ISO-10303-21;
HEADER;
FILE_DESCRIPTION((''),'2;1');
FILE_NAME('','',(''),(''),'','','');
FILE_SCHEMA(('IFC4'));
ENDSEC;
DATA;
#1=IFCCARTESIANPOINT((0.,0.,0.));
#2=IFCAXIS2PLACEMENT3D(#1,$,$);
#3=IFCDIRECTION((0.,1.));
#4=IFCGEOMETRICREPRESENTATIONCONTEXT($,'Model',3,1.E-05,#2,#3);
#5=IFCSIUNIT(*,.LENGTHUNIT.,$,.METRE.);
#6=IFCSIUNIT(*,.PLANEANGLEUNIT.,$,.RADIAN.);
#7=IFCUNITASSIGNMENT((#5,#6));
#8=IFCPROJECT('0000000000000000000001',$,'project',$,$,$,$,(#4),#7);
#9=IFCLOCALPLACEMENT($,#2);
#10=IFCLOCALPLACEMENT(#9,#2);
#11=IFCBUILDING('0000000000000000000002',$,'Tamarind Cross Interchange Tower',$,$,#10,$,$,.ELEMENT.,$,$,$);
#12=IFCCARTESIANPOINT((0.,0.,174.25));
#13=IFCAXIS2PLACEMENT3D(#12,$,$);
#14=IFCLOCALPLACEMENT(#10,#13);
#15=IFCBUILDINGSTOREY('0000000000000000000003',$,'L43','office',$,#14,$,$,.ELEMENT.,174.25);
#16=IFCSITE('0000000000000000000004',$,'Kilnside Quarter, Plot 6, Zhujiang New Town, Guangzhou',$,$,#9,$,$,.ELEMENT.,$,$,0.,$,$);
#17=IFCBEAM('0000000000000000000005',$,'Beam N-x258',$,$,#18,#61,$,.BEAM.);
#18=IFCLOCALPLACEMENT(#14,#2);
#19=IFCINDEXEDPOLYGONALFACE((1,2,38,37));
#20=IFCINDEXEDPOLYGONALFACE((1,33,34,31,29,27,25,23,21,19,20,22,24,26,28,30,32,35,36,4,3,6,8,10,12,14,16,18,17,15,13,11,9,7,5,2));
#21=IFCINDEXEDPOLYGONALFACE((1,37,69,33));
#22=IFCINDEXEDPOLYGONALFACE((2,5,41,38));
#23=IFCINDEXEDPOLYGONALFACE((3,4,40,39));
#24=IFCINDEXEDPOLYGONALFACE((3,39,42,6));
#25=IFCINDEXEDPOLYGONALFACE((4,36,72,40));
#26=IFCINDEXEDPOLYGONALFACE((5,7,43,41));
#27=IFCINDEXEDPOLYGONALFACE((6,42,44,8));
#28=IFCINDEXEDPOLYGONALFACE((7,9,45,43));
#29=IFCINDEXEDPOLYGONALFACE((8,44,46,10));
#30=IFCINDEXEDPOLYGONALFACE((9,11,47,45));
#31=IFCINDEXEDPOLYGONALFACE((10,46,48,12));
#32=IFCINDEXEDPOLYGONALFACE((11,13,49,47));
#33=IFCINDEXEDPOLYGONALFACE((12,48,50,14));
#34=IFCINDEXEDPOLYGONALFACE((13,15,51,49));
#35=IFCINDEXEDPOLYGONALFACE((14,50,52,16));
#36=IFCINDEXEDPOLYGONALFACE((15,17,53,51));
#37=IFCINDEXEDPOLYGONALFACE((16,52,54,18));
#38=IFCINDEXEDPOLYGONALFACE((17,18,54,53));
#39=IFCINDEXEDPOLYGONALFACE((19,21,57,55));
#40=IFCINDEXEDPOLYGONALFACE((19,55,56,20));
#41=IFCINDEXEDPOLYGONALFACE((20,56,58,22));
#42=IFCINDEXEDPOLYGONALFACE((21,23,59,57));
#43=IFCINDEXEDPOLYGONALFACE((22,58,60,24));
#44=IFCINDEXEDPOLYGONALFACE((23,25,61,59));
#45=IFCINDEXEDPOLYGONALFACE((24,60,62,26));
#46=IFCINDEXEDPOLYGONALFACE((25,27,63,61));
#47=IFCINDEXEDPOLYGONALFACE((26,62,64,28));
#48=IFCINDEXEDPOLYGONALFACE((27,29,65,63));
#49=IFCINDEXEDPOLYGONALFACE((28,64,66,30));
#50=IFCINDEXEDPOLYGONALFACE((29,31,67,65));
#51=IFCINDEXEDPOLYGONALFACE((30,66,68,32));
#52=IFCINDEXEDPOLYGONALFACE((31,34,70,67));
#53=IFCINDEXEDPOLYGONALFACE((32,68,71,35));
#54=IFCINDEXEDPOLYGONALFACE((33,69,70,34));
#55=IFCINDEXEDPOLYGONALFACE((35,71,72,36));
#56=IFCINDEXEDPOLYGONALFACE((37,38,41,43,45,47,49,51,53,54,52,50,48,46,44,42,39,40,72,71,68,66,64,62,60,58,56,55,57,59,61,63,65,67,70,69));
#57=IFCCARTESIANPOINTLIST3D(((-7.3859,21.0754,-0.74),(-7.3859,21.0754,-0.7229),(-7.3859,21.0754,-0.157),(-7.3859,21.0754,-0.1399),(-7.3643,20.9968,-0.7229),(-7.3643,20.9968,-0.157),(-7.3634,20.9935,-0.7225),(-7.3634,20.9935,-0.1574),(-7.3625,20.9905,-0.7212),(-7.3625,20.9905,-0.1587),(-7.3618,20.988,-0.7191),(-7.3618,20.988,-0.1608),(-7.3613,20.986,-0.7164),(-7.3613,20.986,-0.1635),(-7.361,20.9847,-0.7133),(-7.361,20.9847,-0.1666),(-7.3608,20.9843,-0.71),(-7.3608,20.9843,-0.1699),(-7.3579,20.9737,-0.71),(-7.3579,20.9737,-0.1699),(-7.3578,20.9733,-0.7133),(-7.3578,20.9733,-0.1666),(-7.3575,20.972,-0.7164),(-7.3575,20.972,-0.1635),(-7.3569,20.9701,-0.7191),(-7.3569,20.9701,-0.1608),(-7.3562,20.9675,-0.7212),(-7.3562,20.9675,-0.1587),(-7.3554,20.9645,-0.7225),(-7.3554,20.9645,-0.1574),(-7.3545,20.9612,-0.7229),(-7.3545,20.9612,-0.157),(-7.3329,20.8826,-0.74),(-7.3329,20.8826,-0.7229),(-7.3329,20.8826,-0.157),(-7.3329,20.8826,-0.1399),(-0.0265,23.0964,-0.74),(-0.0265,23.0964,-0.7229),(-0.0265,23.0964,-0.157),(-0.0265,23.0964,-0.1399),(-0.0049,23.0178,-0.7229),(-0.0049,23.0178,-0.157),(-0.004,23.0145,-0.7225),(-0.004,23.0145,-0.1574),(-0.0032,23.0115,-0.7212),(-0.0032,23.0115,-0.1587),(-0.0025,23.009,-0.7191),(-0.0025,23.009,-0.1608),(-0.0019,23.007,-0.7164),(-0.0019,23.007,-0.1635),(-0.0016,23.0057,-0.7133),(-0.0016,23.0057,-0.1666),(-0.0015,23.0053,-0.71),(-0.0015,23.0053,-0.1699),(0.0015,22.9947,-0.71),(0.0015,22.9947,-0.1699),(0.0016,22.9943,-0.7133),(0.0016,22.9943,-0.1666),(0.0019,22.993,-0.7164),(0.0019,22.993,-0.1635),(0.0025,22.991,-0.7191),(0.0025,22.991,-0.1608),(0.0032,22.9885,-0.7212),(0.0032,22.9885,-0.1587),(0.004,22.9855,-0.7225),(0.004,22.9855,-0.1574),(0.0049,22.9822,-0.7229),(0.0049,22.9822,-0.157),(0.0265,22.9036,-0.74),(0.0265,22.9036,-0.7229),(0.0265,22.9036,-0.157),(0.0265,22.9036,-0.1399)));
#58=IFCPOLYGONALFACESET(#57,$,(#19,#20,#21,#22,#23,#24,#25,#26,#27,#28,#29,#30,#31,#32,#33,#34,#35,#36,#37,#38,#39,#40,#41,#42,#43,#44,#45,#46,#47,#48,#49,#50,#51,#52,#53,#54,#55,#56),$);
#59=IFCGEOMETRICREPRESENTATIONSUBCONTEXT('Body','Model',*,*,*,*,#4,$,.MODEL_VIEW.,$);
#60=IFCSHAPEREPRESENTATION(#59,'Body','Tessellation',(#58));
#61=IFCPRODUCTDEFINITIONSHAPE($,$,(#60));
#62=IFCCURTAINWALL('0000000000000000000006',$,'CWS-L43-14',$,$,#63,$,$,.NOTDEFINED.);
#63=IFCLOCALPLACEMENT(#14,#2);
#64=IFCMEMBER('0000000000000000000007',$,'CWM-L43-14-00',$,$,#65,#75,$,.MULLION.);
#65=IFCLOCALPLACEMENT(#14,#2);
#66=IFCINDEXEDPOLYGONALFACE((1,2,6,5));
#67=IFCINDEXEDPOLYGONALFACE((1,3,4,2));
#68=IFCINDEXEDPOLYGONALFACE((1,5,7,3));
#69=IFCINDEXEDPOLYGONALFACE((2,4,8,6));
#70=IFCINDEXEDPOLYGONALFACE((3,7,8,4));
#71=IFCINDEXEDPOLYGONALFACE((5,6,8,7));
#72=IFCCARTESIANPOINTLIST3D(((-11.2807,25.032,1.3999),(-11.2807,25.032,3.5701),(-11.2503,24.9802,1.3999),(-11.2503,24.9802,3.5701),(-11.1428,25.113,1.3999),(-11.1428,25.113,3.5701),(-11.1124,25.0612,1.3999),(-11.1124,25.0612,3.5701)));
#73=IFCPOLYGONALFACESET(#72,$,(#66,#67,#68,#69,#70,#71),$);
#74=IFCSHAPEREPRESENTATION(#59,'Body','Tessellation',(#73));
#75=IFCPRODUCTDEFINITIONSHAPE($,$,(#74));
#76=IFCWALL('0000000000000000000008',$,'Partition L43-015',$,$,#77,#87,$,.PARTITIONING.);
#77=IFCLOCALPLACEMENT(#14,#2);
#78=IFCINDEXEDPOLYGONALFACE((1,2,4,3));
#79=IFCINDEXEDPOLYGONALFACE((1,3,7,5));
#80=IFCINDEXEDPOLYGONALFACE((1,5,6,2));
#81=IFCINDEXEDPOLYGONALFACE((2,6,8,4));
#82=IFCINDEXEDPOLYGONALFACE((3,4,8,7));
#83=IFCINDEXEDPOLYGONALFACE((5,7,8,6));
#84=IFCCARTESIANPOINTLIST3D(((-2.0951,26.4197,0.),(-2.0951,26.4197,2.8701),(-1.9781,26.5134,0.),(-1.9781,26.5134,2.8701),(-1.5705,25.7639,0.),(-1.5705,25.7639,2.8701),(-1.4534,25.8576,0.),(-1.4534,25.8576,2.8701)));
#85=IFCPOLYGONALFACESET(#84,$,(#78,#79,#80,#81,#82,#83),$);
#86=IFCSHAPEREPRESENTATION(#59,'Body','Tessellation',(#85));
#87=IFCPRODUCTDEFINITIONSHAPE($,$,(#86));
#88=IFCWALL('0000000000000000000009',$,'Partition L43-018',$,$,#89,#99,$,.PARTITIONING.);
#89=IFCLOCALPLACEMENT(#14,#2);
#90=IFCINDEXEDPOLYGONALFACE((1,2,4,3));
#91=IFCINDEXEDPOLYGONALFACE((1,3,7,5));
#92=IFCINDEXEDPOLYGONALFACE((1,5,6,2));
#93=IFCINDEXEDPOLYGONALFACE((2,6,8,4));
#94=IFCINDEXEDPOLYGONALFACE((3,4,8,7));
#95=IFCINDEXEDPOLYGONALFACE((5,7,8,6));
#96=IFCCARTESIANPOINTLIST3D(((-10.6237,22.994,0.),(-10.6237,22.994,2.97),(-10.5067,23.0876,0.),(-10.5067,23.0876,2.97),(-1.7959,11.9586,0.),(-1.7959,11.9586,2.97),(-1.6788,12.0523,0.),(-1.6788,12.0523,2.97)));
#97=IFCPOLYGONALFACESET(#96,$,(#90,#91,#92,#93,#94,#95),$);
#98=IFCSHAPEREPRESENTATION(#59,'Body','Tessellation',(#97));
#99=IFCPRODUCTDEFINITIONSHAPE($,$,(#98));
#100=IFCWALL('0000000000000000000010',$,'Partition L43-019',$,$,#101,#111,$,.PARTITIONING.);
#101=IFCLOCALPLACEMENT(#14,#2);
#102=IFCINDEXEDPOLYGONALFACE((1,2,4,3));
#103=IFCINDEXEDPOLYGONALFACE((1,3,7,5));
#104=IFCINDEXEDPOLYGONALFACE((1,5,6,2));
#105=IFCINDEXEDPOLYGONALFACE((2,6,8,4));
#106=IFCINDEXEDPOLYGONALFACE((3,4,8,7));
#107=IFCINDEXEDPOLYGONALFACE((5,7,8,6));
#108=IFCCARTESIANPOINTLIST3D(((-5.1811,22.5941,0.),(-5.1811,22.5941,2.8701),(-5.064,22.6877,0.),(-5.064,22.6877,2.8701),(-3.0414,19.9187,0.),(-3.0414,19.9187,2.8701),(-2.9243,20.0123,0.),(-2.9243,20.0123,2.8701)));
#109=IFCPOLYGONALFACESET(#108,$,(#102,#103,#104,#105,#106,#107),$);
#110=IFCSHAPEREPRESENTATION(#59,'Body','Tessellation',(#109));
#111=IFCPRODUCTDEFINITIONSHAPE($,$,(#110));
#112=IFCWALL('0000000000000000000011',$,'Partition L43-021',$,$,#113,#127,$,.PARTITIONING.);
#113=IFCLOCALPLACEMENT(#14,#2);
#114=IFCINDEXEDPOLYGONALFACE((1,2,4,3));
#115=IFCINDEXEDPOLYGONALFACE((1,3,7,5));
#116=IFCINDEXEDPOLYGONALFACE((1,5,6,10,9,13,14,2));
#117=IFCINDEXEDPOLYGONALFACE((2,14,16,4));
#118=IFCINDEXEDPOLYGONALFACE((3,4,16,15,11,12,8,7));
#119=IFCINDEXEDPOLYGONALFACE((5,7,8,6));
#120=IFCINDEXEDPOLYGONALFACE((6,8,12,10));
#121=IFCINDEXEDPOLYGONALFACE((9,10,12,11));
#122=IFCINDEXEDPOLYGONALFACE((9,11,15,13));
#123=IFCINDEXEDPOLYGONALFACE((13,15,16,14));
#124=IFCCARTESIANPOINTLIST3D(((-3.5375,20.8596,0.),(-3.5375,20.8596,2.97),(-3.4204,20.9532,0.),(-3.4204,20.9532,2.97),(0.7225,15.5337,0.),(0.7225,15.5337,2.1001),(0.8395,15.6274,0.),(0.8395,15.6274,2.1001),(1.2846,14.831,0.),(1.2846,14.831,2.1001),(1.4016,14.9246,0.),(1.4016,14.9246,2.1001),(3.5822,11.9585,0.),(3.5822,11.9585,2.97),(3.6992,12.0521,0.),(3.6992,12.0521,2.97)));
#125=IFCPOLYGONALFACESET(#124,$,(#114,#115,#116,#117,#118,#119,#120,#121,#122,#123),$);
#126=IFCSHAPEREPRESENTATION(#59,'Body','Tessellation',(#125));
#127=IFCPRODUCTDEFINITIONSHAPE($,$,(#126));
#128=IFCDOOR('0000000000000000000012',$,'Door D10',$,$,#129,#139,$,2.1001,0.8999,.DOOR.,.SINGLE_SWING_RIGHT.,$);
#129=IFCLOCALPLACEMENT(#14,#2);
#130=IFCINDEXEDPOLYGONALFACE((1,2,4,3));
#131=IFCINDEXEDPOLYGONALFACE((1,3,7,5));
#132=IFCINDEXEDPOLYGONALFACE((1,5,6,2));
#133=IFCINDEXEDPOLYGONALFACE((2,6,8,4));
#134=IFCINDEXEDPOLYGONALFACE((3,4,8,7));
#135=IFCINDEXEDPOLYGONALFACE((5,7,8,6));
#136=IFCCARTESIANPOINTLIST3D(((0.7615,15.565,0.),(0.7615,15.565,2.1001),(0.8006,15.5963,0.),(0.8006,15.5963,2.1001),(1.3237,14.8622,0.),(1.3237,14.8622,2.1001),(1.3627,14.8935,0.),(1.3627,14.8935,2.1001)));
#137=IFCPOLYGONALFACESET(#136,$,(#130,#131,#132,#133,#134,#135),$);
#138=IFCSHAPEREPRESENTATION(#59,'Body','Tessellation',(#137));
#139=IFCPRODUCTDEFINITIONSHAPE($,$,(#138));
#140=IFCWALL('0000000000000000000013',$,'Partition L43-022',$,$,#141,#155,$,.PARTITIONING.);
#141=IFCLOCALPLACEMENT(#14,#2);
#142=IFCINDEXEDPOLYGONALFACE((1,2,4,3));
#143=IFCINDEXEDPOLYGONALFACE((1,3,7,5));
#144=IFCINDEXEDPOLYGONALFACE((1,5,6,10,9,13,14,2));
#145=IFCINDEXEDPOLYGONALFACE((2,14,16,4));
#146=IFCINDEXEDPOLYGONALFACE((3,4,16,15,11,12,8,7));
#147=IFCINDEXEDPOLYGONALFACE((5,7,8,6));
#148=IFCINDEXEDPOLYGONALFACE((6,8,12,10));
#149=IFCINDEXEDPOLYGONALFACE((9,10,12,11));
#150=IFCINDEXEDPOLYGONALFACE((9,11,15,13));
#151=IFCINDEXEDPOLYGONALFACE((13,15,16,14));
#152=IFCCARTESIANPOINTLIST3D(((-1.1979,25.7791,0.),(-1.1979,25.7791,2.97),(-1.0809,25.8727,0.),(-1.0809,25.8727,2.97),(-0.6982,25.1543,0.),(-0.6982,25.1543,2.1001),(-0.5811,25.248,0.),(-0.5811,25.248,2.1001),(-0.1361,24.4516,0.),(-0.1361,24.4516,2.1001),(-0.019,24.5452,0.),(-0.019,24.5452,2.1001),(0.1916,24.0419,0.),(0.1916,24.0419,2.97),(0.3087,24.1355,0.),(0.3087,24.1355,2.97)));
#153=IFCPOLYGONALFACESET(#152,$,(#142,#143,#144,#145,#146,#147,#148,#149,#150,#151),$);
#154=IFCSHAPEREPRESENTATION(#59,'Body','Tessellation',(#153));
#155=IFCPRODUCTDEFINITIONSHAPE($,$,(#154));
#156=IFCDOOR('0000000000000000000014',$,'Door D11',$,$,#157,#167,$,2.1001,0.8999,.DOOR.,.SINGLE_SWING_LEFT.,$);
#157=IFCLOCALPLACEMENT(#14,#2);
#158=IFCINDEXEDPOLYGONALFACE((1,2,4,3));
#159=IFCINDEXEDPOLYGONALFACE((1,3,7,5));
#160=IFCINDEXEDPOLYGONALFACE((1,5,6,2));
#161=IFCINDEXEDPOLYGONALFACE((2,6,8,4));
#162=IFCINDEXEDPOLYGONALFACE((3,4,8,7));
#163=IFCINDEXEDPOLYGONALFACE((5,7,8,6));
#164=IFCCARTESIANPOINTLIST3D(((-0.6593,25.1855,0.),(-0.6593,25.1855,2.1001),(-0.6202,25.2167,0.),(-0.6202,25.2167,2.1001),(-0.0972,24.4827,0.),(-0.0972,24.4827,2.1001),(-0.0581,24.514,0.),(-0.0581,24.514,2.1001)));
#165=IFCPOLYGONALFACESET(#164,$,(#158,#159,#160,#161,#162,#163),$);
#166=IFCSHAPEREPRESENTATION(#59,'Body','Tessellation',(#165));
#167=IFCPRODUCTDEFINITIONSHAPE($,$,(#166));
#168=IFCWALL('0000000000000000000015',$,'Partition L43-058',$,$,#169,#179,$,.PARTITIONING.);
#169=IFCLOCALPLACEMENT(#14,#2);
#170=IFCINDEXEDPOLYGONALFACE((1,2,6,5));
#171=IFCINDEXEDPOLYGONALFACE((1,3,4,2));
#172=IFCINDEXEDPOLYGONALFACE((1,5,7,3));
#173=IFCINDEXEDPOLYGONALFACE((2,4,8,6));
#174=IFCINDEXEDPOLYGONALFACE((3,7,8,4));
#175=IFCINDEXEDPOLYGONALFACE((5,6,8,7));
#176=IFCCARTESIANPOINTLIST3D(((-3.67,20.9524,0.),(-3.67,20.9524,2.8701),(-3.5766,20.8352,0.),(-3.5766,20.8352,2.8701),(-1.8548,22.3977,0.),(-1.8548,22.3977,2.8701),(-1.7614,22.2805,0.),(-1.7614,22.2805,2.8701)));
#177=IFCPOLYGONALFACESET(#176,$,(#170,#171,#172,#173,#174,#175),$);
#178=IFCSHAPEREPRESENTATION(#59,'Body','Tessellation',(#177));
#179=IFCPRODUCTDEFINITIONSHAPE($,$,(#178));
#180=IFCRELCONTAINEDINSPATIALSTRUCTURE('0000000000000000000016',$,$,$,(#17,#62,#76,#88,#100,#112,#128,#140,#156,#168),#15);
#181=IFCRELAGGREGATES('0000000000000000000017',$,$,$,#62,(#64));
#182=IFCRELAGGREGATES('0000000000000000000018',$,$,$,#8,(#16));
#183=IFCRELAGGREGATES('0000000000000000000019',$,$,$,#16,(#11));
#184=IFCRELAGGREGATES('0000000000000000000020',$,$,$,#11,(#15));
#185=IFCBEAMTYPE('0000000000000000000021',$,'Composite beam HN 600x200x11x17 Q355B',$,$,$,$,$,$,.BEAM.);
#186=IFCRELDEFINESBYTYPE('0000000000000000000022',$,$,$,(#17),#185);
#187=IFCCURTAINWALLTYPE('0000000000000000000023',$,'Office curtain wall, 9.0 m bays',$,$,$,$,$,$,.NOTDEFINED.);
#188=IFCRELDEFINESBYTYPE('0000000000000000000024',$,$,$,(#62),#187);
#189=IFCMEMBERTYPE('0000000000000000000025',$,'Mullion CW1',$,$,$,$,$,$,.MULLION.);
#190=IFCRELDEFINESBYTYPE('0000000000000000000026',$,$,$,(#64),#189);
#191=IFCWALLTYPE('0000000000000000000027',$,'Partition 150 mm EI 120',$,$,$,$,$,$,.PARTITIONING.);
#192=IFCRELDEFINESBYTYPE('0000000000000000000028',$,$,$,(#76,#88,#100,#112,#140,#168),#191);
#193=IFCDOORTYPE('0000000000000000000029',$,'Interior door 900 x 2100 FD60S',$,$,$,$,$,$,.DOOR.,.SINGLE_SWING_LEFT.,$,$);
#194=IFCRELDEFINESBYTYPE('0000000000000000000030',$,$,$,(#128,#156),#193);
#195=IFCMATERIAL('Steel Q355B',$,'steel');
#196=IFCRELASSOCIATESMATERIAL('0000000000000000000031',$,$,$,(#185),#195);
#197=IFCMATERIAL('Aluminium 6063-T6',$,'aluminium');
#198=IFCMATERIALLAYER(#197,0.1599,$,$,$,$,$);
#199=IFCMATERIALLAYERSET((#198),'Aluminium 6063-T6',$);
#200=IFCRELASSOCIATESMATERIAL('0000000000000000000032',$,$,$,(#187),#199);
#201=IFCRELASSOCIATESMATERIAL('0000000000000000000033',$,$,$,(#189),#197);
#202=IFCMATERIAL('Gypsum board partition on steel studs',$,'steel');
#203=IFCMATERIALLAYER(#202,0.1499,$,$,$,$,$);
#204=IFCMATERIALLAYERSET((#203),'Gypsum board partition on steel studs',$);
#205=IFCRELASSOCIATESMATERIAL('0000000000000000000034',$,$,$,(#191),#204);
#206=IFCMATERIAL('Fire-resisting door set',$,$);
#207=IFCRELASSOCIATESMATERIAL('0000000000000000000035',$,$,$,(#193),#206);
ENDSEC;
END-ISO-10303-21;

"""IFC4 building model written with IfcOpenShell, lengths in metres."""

from ifc_helpers import new_model, si_unit, direction, frame, frame_2d, origin, origin_2d, place, context, subcontext, project, spatial, rectangle, i_section, extrude, material, layer, layer_set, material_profile, profile_set, type_object, element, fill, aggregate, save


model = new_model("IFC4")

# Units and contexts
model_context = context("Model", 3, precision=1e-05, world=origin(), true_north=direction((0.0, 1.0)))
body_context = subcontext(model_context, "Body", "Model", "MODEL_VIEW")
ifc_project = project(units=[si_unit("LENGTHUNIT", "METRE"), si_unit("PLANEANGLEUNIT", "RADIAN")], contexts=[model_context])

# Site, building, storey
site_placement = place(None, origin())
site = spatial("IfcSite", under=ifc_project, at=site_placement, Name="Kilnside Quarter, Plot 6, Zhujiang New Town, Guangzhou", CompositionType="ELEMENT", RefElevation=0.0)
building_placement = place(site_placement, origin())
building = spatial("IfcBuilding", under=site, at=building_placement, Name="Tamarind Cross Interchange Tower", CompositionType="ELEMENT")
storey_placement = place(building_placement, frame((0.0, 0.0, 174.25)))
storey = spatial("IfcBuildingStorey", under=building, at=storey_placement, Name="L43", Description="office", CompositionType="ELEMENT", Elevation=174.25)

# Beam
ifc_material_1 = material(Name="Steel Q355B", Category="steel")
ifc_material_profile_1 = material_profile(ifc_material_1, i_section(OverallWidth=0.2, OverallDepth=0.6001, WebThickness=0.011, FlangeThickness=0.0171, FilletRadius=0.0129, at=origin_2d()), Name="HN 600x200x11x17")
ifc_profile_set_1 = profile_set([ifc_material_profile_1], Name="Steel Q355B")
beam_type_1 = type_object("IfcBeamType", Name="Composite beam HN 600x200x11x17 Q355B", PredefinedType="BEAM", material=ifc_profile_set_1)
beam_1_placement = place(storey_placement, frame((0.0, 23.0, -0.4399), z_axis=(-0.9643, -0.264811, 0.0), x_axis=(0.264811, -0.9643, 0.0)))
element("IfcBeam", 1, at=beam_1_placement, inside=storey, type_object=beam_type_1, Name="Beam N-x258", PredefinedType="BEAM", context=body_context, shape_type="SweptSolid", body=[
    extrude(i_section(OverallWidth=0.2, OverallDepth=0.6001, WebThickness=0.011, FlangeThickness=0.0171, FilletRadius=0.0129, at=origin_2d()), origin(), (0.0, 0.0, 1.0), 7.6318),
])

# Curtain wall, member
ifc_material_2 = material(Name="Aluminium 6063-T6", Category="aluminium")
ifc_layer_1 = layer(ifc_material_2, 0.1599)
ifc_layer_set_1 = layer_set([ifc_layer_1], Name="Aluminium 6063-T6")
curtain_wall_type = type_object("IfcCurtainWallType", Name="Office curtain wall, 9.0 m bays", PredefinedType="NOTDEFINED", material=ifc_layer_set_1)
curtain_wall_placement = place(storey_placement, origin())
curtain_wall = element("IfcCurtainWall", 2, at=curtain_wall_placement, inside=storey, type_object=curtain_wall_type, Name="CWS-L43-14", PredefinedType="NOTDEFINED")
ifc_material_profile_2 = material_profile(ifc_material_2, rectangle(XDim=0.0601, YDim=0.1599, at=origin_2d()), Name="Mullion CW1")
ifc_profile_set_2 = profile_set([ifc_material_profile_2], Name="Aluminium 6063-T6")
member_type = type_object("IfcMemberType", Name="Mullion CW1", PredefinedType="MULLION", material=ifc_profile_set_2)
member_placement = place(storey_placement, frame((-11.1965, 25.0466, 1.3999), z_axis=(0.0, 0.0, 1.0), x_axis=(0.506388, -0.862306, 0.0)))
member = element("IfcMember", 3, at=member_placement, type_object=member_type, Name="CWM-L43-14-00", PredefinedType="MULLION", context=body_context, shape_type="SweptSolid", body=[
    extrude(rectangle(XDim=0.0601, YDim=0.1599, at=origin_2d()), origin(), (0.0, 0.0, 1.0), 2.1702),
])
aggregate(curtain_wall, [member])

# Walls
ifc_material_3 = material(Name="Gypsum board partition on steel studs", Category="steel")
ifc_layer_2 = layer(ifc_material_3, 0.1499)
ifc_layer_set_2 = layer_set([ifc_layer_2], Name="Gypsum board partition on steel studs")
wall_type_1 = type_object("IfcWallType", Name="Partition 150 mm EI 120", PredefinedType="PARTITIONING", material=ifc_layer_set_2)
wall_1_placement = place(storey_placement, frame((-2.0366, 26.4666, 0.0), z_axis=(0.0, 0.0, 1.0), x_axis=(0.62473, -0.78084, 0.0)))
element("IfcWall", 4, at=wall_1_placement, inside=storey, type_object=wall_type_1, Name="Partition L43-015", PredefinedType="PARTITIONING", context=body_context, shape_type="SweptSolid", body=[
    extrude(rectangle(XDim=0.8398, YDim=0.1499, at=frame_2d((0.4199, 0.0))), origin(), (0.0, 0.0, 1.0), 2.8701),
])
wall_2_placement = place(storey_placement, frame((-10.5652, 23.0408, 0.0), z_axis=(0.0, 0.0, 1.0), x_axis=(0.624676, -0.780884, 0.0)))
element("IfcWall", 5, at=wall_2_placement, inside=storey, type_object=wall_type_1, Name="Partition L43-018", PredefinedType="PARTITIONING", context=body_context, shape_type="SweptSolid", body=[
    extrude(rectangle(XDim=14.1318, YDim=0.1499, at=frame_2d((7.0659, 0.0))), origin(), (0.0, 0.0, 1.0), 2.97),
])
wall_3_placement = place(storey_placement, frame((-5.1226, 22.6409, 0.0), z_axis=(0.0, 0.0, 1.0), x_axis=(0.624591, -0.780952, 0.0)))
element("IfcWall", 6, at=wall_3_placement, inside=storey, type_object=wall_type_1, Name="Partition L43-019", PredefinedType="PARTITIONING", context=body_context, shape_type="SweptSolid", body=[
    extrude(rectangle(XDim=3.4258, YDim=0.1499, at=frame_2d((1.7129, 0.0))), origin(), (0.0, 0.0, 1.0), 2.8701),
])

# Walls, openings, doors
wall_4_placement = place(storey_placement, frame((-3.479, 20.9065, 0.0), z_axis=(0.0, 0.0, 1.0), x_axis=(0.624627, -0.780923, 0.0)))
wall_4 = element("IfcWall", 7, at=wall_4_placement, inside=storey, type_object=wall_type_1, Name="Partition L43-021", PredefinedType="PARTITIONING", context=body_context, shape_type="SweptSolid", body=[
    extrude(rectangle(XDim=11.3982, YDim=0.1499, at=frame_2d((5.6992, 0.0))), origin(), (0.0, 0.0, 1.0), 2.97),
])
opening_1_placement = place(wall_4_placement, frame((6.8201, 0.0, 0.0)))
opening_1 = element("IfcOpeningElement", 8, at=opening_1_placement, cuts=wall_4, PredefinedType="OPENING", context=body_context, shape_type="SweptSolid", body=[
    extrude(rectangle(XDim=0.8999, YDim=2.1001, at=frame_2d((0.45, 1.05))), frame((0.0, 0.085, 0.0), z_axis=(0.0, -1.0, 0.0), x_axis=(1.0, 0.0, 0.0)), (0.0, 0.0, 1.0), 0.1699),
])
ifc_material_4 = material(Name="Fire-resisting door set")
door_type_1 = type_object("IfcDoorType", Name="Interior door 900 x 2100 FD60S", OperationType="SINGLE_SWING_LEFT", PredefinedType="DOOR", material=ifc_material_4)
door_1_placement = place(opening_1_placement, frame((0.8999, 0.0, 0.0), z_axis=(0.0, 0.0, 1.0), x_axis=(-1.0, 0.0, 0.0)))
door_1 = element("IfcDoor", 9, at=door_1_placement, inside=storey, type_object=door_type_1, Name="Door D10", OperationType="SINGLE_SWING_RIGHT", OverallHeight=2.1001, OverallWidth=0.8999, PredefinedType="DOOR", context=body_context, shape_type="SweptSolid", body=[
    extrude(rectangle(XDim=0.8999, YDim=2.1001, at=frame_2d((0.45, 1.05))), frame((0.0, 0.0249, 0.0), z_axis=(0.0, -1.0, 0.0), x_axis=(1.0, 0.0, 0.0)), (0.0, 0.0, 1.0), 0.05),
])
fill(opening_1, door_1)
wall_5_placement = place(storey_placement, frame((-1.1394, 25.8259, 0.0), z_axis=(0.0, 0.0, 1.0), x_axis=(0.624642, -0.780912, 0.0)))
wall_5 = element("IfcWall", 10, at=wall_5_placement, inside=storey, type_object=wall_type_1, Name="Partition L43-022", PredefinedType="PARTITIONING", context=body_context, shape_type="SweptSolid", body=[
    extrude(rectangle(XDim=2.2246, YDim=0.1499, at=frame_2d((1.1123, 0.0))), origin(), (0.0, 0.0, 1.0), 2.97),
])
opening_2_placement = place(wall_5_placement, frame((0.8, 0.0, 0.0)))
opening_2 = element("IfcOpeningElement", 11, at=opening_2_placement, cuts=wall_5, PredefinedType="OPENING", context=body_context, shape_type="SweptSolid", body=[
    extrude(rectangle(XDim=0.8999, YDim=2.1001, at=frame_2d((0.45, 1.05))), frame((0.0, 0.085, 0.0), z_axis=(0.0, -1.0, 0.0), x_axis=(1.0, 0.0, 0.0)), (0.0, 0.0, 1.0), 0.1699),
])
door_2_placement = place(opening_2_placement, origin())
door_2 = element("IfcDoor", 12, at=door_2_placement, inside=storey, type_object=door_type_1, Name="Door D11", OperationType="SINGLE_SWING_LEFT", OverallHeight=2.1001, OverallWidth=0.8999, PredefinedType="DOOR", context=body_context, shape_type="SweptSolid", body=[
    extrude(rectangle(XDim=0.8999, YDim=2.1001, at=frame_2d((0.45, 1.05))), frame((0.0, 0.0249, 0.0), z_axis=(0.0, -1.0, 0.0), x_axis=(1.0, 0.0, 0.0)), (0.0, 0.0, 1.0), 0.05),
])
fill(opening_2, door_2)

# Wall
wall_6_placement = place(storey_placement, frame((-3.6233, 20.8938, 0.0), z_axis=(0.0, 0.0, 1.0), x_axis=(0.782304, 0.622897, 0.0)))
element("IfcWall", 13, at=wall_6_placement, inside=storey, type_object=wall_type_1, Name="Partition L43-058", PredefinedType="PARTITIONING", context=body_context, shape_type="SweptSolid", body=[
    extrude(rectangle(XDim=2.3203, YDim=0.1499, at=frame_2d((1.1602, 0.0))), origin(), (0.0, 0.0, 1.0), 2.8701),
])

save(model, "model.ifc")
